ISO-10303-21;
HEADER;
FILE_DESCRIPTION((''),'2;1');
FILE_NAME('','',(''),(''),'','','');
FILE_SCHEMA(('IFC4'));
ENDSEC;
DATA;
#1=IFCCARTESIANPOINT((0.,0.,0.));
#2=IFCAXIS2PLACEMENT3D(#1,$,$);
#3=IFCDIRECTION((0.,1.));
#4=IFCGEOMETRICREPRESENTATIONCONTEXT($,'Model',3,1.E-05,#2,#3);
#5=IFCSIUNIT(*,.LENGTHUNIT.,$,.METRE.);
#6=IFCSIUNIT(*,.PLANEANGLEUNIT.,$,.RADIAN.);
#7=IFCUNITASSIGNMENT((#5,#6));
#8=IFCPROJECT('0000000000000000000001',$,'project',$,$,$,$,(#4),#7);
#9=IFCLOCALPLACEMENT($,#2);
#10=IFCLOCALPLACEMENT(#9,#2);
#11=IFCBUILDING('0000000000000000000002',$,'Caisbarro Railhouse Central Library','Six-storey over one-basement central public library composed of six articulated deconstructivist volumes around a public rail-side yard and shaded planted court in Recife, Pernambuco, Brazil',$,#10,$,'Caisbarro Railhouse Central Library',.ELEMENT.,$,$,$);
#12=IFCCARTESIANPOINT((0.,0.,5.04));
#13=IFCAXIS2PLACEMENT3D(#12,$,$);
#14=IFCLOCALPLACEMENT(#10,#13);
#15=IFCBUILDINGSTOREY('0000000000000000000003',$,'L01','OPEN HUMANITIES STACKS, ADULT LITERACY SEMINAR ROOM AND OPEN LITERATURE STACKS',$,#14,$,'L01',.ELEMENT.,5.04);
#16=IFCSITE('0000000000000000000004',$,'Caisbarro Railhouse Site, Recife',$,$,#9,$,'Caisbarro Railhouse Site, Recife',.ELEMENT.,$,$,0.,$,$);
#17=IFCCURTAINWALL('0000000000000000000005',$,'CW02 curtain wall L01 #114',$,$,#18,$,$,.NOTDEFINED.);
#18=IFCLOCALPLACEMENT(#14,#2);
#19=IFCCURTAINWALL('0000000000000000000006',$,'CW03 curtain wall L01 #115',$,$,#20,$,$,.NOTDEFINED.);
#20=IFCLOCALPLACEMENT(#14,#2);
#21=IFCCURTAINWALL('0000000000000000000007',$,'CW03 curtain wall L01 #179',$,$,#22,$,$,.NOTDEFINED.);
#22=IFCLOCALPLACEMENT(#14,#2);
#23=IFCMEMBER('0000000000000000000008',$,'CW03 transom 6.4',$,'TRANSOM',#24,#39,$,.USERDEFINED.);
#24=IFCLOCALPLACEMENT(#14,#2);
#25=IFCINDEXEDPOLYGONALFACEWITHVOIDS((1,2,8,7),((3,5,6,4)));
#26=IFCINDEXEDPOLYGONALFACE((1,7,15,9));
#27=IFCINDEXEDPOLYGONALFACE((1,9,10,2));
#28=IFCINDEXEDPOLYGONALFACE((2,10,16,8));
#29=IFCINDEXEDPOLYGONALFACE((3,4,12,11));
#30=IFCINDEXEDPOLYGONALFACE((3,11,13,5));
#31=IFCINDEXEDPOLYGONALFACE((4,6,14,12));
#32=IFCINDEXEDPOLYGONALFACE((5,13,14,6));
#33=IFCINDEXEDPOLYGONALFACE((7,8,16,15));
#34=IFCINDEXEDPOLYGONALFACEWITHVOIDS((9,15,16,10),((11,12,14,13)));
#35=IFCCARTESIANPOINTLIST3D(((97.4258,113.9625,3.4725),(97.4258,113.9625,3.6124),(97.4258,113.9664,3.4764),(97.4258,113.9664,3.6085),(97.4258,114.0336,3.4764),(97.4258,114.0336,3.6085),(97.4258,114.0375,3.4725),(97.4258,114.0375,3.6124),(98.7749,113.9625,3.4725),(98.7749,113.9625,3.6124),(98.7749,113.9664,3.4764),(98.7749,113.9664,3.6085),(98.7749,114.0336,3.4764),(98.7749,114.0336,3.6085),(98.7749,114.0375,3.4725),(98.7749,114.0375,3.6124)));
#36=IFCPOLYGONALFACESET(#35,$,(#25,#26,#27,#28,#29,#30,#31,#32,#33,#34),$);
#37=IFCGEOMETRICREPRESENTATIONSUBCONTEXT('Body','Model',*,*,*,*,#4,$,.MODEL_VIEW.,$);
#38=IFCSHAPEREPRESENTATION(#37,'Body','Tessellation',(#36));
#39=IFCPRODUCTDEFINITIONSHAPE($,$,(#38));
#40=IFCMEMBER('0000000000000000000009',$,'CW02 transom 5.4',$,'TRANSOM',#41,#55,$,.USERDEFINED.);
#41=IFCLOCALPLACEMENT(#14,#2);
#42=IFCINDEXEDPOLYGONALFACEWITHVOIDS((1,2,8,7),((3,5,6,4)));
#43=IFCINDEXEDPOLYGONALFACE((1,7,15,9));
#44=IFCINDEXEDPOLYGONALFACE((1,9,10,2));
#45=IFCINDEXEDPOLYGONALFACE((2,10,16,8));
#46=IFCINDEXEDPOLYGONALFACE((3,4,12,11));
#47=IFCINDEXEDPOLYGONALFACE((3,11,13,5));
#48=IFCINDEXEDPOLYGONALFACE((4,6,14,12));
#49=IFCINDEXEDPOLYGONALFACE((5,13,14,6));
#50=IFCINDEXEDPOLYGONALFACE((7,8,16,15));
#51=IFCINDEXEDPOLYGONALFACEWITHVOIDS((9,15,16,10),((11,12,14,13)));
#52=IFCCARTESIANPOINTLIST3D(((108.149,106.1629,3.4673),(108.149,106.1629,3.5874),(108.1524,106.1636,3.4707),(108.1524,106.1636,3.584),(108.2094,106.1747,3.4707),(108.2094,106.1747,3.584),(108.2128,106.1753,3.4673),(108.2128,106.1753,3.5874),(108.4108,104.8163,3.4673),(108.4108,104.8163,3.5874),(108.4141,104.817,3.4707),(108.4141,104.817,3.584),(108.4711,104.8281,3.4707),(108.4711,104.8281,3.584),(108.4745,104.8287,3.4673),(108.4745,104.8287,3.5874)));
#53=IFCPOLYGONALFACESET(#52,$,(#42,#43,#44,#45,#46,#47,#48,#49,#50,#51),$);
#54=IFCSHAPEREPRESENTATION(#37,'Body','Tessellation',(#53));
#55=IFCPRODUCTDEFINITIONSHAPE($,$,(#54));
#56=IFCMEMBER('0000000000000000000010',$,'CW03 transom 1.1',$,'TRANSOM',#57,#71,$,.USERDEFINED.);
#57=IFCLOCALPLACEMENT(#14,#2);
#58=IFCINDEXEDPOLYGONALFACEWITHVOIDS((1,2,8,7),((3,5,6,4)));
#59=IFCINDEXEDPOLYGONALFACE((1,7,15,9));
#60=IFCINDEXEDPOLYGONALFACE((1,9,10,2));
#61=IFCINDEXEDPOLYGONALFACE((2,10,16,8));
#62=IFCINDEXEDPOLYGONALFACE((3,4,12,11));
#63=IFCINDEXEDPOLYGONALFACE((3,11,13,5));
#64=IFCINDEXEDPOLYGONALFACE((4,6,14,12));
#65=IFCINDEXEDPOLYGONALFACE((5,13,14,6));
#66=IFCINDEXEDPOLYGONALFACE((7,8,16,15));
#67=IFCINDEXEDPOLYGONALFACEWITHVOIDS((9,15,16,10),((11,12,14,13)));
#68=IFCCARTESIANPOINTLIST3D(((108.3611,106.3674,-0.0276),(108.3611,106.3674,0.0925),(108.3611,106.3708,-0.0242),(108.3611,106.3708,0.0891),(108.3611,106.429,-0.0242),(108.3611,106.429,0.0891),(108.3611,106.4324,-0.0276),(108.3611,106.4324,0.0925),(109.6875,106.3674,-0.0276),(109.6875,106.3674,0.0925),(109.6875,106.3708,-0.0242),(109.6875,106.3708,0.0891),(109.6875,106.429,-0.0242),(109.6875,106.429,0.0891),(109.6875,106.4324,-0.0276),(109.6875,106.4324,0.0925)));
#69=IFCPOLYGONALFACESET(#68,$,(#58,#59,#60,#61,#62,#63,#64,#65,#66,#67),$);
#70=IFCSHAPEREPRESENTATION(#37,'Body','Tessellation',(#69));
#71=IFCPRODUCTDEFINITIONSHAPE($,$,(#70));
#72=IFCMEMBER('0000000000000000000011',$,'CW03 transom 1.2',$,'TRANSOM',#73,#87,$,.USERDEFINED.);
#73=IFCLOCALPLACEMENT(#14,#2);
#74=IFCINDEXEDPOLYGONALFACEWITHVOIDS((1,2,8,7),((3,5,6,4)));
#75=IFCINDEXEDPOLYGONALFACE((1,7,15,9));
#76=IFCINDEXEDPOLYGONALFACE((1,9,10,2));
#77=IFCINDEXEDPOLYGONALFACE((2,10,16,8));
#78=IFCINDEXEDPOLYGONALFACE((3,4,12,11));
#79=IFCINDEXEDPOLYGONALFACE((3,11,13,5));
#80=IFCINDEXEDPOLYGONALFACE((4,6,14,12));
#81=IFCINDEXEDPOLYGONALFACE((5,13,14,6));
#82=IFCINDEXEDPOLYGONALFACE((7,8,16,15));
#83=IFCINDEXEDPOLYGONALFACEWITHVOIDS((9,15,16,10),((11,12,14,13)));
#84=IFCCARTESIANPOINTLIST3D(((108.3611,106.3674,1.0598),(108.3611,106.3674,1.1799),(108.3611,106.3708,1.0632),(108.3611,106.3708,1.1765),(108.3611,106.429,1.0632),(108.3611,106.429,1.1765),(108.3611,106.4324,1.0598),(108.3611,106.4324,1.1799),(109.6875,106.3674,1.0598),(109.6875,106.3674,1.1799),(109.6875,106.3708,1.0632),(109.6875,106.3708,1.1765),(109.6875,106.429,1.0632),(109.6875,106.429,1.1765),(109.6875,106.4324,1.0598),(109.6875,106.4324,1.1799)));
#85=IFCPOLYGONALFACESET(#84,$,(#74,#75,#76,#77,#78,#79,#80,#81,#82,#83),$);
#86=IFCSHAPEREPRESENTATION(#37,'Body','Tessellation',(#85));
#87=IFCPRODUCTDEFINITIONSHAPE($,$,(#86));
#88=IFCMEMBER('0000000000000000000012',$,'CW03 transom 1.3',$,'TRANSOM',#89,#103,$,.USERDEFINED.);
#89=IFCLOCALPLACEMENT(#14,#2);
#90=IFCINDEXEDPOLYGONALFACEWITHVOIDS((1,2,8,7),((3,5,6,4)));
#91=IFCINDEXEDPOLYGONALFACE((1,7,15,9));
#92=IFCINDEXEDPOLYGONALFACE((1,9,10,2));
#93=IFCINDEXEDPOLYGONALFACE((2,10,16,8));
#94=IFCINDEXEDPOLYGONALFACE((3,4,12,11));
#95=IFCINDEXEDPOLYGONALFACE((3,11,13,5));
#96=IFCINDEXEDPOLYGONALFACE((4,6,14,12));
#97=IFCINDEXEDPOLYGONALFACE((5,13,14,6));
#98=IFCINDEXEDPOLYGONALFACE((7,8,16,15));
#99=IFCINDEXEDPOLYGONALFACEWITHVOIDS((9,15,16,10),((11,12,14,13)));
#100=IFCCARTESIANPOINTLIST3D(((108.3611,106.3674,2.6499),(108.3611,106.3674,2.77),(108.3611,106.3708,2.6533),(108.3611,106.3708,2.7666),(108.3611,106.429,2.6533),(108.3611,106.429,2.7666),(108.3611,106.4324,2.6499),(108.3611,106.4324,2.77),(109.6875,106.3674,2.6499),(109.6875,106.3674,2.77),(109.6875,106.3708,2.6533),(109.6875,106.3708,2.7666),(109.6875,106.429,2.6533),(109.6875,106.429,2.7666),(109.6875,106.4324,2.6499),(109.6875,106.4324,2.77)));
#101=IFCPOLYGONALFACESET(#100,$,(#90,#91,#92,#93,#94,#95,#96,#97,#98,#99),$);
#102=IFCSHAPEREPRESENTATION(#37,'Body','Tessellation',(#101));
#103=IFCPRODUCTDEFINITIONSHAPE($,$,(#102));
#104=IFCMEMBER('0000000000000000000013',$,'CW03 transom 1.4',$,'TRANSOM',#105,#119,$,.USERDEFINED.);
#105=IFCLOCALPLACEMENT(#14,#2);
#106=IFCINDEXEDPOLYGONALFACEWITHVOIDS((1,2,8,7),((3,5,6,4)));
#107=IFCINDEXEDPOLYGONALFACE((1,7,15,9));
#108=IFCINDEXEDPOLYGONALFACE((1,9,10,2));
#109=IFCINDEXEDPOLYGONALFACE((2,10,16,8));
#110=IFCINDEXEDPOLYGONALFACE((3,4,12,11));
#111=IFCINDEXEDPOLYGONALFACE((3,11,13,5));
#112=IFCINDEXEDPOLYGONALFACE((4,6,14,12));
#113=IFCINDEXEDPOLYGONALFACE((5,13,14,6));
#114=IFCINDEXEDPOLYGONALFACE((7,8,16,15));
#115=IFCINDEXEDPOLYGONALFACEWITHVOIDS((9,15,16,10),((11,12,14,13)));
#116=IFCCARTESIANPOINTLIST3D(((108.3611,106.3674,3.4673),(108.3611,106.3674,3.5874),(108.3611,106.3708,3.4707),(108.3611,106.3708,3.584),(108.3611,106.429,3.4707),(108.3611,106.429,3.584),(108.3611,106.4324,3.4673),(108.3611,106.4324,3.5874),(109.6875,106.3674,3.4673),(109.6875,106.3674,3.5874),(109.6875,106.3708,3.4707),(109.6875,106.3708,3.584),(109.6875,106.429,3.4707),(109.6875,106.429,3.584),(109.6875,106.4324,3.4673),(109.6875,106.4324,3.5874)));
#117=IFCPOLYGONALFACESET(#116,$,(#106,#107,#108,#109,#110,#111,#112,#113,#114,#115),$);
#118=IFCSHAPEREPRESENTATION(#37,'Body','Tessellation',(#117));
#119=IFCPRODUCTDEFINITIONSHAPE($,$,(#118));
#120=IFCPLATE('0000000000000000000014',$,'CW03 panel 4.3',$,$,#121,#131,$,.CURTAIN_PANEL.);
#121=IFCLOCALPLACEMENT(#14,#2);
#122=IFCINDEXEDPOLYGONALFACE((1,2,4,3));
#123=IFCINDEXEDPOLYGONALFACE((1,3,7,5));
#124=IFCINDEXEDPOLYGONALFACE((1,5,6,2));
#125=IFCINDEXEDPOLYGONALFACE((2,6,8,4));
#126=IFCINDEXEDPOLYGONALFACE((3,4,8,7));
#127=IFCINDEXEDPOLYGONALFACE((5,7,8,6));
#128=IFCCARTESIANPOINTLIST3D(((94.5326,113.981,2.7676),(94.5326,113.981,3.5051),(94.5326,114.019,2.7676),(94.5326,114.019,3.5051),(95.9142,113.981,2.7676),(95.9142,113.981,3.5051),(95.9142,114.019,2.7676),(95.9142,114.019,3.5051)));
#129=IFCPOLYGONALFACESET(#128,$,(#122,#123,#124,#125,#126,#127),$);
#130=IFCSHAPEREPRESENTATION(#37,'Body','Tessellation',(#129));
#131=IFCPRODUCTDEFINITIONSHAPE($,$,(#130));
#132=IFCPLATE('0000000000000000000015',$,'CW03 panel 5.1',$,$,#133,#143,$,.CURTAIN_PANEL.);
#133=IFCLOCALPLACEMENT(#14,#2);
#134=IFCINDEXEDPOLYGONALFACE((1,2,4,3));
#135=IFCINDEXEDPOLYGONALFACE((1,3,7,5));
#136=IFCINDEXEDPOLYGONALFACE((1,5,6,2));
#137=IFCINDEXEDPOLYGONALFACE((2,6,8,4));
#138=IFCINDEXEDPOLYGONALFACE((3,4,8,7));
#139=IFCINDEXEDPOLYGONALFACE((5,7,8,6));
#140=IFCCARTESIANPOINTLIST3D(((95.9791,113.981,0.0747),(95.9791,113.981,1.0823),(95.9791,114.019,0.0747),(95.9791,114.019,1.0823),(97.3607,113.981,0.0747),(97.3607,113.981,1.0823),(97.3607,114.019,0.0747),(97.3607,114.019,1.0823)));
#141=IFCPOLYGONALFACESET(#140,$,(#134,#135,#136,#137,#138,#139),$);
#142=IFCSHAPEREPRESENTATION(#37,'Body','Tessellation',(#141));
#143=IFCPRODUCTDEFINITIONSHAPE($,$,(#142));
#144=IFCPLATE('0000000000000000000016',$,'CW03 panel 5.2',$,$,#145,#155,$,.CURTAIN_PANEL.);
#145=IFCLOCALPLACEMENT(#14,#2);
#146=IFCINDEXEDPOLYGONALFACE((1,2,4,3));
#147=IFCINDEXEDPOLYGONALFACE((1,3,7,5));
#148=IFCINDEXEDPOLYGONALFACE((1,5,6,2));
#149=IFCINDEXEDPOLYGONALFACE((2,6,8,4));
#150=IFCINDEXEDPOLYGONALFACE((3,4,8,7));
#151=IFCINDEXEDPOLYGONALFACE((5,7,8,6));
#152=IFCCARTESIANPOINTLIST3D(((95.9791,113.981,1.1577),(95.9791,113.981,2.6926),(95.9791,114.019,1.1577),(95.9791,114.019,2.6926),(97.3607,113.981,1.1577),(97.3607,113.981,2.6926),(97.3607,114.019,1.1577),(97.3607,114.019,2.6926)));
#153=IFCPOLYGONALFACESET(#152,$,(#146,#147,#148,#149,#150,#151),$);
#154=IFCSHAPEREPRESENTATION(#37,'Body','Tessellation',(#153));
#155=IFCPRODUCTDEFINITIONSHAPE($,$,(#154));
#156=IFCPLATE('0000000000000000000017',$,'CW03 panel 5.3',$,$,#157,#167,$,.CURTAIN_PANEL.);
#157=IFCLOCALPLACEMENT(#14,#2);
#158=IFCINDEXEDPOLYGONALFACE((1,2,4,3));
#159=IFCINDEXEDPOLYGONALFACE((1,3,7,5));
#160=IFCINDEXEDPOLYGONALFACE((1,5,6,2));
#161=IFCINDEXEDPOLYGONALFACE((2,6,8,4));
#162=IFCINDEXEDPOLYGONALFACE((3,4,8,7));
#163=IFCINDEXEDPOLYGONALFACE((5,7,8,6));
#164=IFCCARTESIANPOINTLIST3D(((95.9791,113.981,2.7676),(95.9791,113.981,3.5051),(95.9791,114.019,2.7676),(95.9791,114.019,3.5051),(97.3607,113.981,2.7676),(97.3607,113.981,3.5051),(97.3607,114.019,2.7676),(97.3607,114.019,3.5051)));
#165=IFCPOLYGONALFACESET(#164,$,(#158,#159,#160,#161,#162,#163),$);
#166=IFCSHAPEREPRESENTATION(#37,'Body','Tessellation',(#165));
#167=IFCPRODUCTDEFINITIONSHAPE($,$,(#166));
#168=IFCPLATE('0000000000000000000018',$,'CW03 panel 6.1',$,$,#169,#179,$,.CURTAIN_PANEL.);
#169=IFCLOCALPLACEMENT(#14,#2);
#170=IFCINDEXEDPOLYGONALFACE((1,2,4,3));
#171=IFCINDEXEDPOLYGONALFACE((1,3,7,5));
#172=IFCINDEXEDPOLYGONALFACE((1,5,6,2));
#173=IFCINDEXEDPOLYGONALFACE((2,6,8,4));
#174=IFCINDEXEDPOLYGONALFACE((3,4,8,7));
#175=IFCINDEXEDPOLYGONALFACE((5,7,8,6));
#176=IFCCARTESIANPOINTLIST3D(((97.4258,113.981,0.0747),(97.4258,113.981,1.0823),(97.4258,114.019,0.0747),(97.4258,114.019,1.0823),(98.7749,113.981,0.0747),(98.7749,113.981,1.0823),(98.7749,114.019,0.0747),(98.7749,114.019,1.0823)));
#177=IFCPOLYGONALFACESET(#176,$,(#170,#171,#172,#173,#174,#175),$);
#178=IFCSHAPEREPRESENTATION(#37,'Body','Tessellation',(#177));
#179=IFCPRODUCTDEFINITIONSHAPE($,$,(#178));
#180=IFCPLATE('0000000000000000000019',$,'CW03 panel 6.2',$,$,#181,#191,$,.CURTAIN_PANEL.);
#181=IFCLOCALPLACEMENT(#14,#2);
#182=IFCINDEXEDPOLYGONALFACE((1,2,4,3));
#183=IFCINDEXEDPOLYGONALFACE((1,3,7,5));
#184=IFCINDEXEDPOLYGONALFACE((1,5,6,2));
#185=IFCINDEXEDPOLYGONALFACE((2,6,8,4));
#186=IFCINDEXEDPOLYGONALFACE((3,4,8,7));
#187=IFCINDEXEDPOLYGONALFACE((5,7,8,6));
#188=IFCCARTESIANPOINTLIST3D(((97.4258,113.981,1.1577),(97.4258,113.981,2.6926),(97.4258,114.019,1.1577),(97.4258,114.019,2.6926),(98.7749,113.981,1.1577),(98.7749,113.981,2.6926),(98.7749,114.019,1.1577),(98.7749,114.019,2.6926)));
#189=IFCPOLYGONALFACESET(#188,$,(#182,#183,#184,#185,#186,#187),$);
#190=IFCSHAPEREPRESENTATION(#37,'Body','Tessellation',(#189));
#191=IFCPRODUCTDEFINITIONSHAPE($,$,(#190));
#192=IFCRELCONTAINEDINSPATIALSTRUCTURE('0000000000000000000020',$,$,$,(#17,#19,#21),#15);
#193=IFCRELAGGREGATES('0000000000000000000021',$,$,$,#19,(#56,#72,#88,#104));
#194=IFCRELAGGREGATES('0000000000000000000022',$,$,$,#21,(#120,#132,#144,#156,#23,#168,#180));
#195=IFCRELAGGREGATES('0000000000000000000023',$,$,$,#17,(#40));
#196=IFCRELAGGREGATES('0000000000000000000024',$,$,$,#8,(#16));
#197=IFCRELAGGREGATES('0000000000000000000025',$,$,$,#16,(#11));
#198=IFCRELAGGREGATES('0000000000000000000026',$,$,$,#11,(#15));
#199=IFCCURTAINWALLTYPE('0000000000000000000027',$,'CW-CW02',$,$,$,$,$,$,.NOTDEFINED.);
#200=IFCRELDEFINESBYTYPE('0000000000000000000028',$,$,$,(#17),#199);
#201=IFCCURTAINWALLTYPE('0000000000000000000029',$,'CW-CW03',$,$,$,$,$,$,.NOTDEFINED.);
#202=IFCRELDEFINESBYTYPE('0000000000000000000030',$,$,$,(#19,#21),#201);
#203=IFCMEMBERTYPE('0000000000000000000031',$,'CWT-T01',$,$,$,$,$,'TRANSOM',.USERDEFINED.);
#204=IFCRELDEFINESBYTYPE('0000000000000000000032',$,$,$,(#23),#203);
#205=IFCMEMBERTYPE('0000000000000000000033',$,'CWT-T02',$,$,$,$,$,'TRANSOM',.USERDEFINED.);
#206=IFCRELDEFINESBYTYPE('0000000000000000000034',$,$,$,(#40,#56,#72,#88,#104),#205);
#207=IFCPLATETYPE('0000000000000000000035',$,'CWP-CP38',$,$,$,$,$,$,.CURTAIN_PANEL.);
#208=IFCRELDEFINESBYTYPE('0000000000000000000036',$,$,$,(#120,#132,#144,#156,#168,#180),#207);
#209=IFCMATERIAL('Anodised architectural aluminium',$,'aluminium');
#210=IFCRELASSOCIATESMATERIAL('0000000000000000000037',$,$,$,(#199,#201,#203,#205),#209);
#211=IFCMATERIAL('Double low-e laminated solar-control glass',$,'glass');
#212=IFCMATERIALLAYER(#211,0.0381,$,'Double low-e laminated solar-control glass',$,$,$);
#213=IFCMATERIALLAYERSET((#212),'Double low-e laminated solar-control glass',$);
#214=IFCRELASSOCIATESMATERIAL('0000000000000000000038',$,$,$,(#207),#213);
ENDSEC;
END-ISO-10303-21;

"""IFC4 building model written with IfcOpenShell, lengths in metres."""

from ifc_helpers import new_model, si_unit, direction, frame, origin, origin_2d, place, context, subcontext, project, spatial, rectangle, hollow_rectangle, extrude, material, layer, layer_set, material_profile, profile_set, type_object, element, aggregate, save


model = new_model("IFC4")

# Units and contexts
model_context = context("Model", 3, precision=1e-05, world=origin(), true_north=direction((0.0, 1.0)))
body_context = subcontext(model_context, "Body", "Model", "MODEL_VIEW")
ifc_project = project(units=[si_unit("LENGTHUNIT", "METRE"), si_unit("PLANEANGLEUNIT", "RADIAN")], contexts=[model_context])

# Site, building, storey
site_placement = place(None, origin())
site = spatial("IfcSite", under=ifc_project, at=site_placement, Name="Caisbarro Railhouse Site, Recife", LongName="Caisbarro Railhouse Site, Recife", CompositionType="ELEMENT", RefElevation=0.0)
building_placement = place(site_placement, origin())
building = spatial("IfcBuilding", under=site, at=building_placement, Name="Caisbarro Railhouse Central Library", Description="Six-storey over one-basement central public library composed of six articulated deconstructivist volumes around a public rail-side yard and shaded planted court in Recife, Pernambuco, Brazil", LongName="Caisbarro Railhouse Central Library", CompositionType="ELEMENT")
storey_placement = place(building_placement, frame((0.0, 0.0, 5.04)))
storey = spatial("IfcBuildingStorey", under=building, at=storey_placement, Name="L01", Description="OPEN HUMANITIES STACKS, ADULT LITERACY SEMINAR ROOM AND OPEN LITERATURE STACKS", LongName="L01", CompositionType="ELEMENT", Elevation=5.04)

# Curtain walls
ifc_material_1 = material(Name="Anodised architectural aluminium", Category="aluminium")
curtain_wall_type_1 = type_object("IfcCurtainWallType", Name="CW-CW02", PredefinedType="NOTDEFINED", material=ifc_material_1)
curtain_wall_1_placement = place(storey_placement, origin())
curtain_wall_1 = element("IfcCurtainWall", 1, at=curtain_wall_1_placement, inside=storey, type_object=curtain_wall_type_1, Name="CW02 curtain wall L01 #114", PredefinedType="NOTDEFINED")
curtain_wall_type_2 = type_object("IfcCurtainWallType", Name="CW-CW03", PredefinedType="NOTDEFINED", material=ifc_material_1)
curtain_wall_2_placement = place(storey_placement, origin())
curtain_wall_2 = element("IfcCurtainWall", 2, at=curtain_wall_2_placement, inside=storey, type_object=curtain_wall_type_2, Name="CW03 curtain wall L01 #115", PredefinedType="NOTDEFINED")

# Curtain wall, member
curtain_wall_3_placement = place(storey_placement, origin())
curtain_wall_3 = element("IfcCurtainWall", 3, at=curtain_wall_3_placement, inside=storey, type_object=curtain_wall_type_2, Name="CW03 curtain wall L01 #179", PredefinedType="NOTDEFINED")
ifc_material_profile_1 = material_profile(ifc_material_1, hollow_rectangle(XDim=0.075, YDim=0.1399, WallThickness=0.0039, at=origin_2d()), Name="ALU-TRN-75X140")
ifc_profile_set_1 = profile_set([ifc_material_profile_1], Name="Anodised architectural aluminium")
member_type_1 = type_object("IfcMemberType", Name="CWT-T01", ElementType="TRANSOM", PredefinedType="USERDEFINED", material=ifc_profile_set_1)
member_1_placement = place(storey_placement, frame((97.4258, 114.0, 3.5425), z_axis=(1.0, 0.0, 0.0), x_axis=(0.0, 1.0, 0.0)))
member_1 = element("IfcMember", 4, at=member_1_placement, type_object=member_type_1, Name="CW03 transom 6.4", ObjectType="TRANSOM", PredefinedType="USERDEFINED", context=body_context, shape_type="SweptSolid", body=[
    extrude(hollow_rectangle(XDim=0.075, YDim=0.1399, WallThickness=0.0039, at=origin_2d()), origin(), (0.0, 0.0, 1.0), 1.3491),
])

# Members
ifc_material_profile_2 = material_profile(ifc_material_1, hollow_rectangle(XDim=0.0649, YDim=0.1201, WallThickness=0.0034, at=origin_2d()), Name="ALU-TRN-65X120")
ifc_profile_set_2 = profile_set([ifc_material_profile_2], Name="Anodised architectural aluminium")
member_type_2 = type_object("IfcMemberType", Name="CWT-T02", ElementType="TRANSOM", PredefinedType="USERDEFINED", material=ifc_profile_set_2)
member_2_placement = place(storey_placement, frame((108.4426, 104.8225, 3.5273), z_axis=(-0.190774, 0.981634, 0.0), x_axis=(-0.981634, -0.190774, 0.0)))
member_2 = element("IfcMember", 5, at=member_2_placement, type_object=member_type_2, Name="CW02 transom 5.4", ObjectType="TRANSOM", PredefinedType="USERDEFINED", context=body_context, shape_type="SweptSolid", body=[
    extrude(hollow_rectangle(XDim=0.0649, YDim=0.1201, WallThickness=0.0034, at=origin_2d()), origin(), (0.0, 0.0, 1.0), 1.3718),
])
member_3_placement = place(storey_placement, frame((108.3611, 106.3999, 0.0325), z_axis=(1.0, 0.0, 0.0), x_axis=(0.0, 1.0, 0.0)))
member_3 = element("IfcMember", 6, at=member_3_placement, type_object=member_type_2, Name="CW03 transom 1.1", ObjectType="TRANSOM", PredefinedType="USERDEFINED", context=body_context, shape_type="SweptSolid", body=[
    extrude(hollow_rectangle(XDim=0.0649, YDim=0.1201, WallThickness=0.0034, at=origin_2d()), origin(), (0.0, 0.0, 1.0), 1.3264),
])
member_4_placement = place(storey_placement, frame((108.3611, 106.3999, 1.1199), z_axis=(1.0, 0.0, 0.0), x_axis=(0.0, 1.0, 0.0)))
member_4 = element("IfcMember", 7, at=member_4_placement, type_object=member_type_2, Name="CW03 transom 1.2", ObjectType="TRANSOM", PredefinedType="USERDEFINED", context=body_context, shape_type="SweptSolid", body=[
    extrude(hollow_rectangle(XDim=0.0649, YDim=0.1201, WallThickness=0.0034, at=origin_2d()), origin(), (0.0, 0.0, 1.0), 1.3264),
])
member_5_placement = place(storey_placement, frame((108.3611, 106.3999, 2.71), z_axis=(1.0, 0.0, 0.0), x_axis=(0.0, 1.0, 0.0)))
member_5 = element("IfcMember", 8, at=member_5_placement, type_object=member_type_2, Name="CW03 transom 1.3", ObjectType="TRANSOM", PredefinedType="USERDEFINED", context=body_context, shape_type="SweptSolid", body=[
    extrude(hollow_rectangle(XDim=0.0649, YDim=0.1201, WallThickness=0.0034, at=origin_2d()), origin(), (0.0, 0.0, 1.0), 1.3264),
])
member_6_placement = place(storey_placement, frame((108.3611, 106.3999, 3.5273), z_axis=(1.0, 0.0, 0.0), x_axis=(0.0, 1.0, 0.0)))
member_6 = element("IfcMember", 9, at=member_6_placement, type_object=member_type_2, Name="CW03 transom 1.4", ObjectType="TRANSOM", PredefinedType="USERDEFINED", context=body_context, shape_type="SweptSolid", body=[
    extrude(hollow_rectangle(XDim=0.0649, YDim=0.1201, WallThickness=0.0034, at=origin_2d()), origin(), (0.0, 0.0, 1.0), 1.3264),
])
aggregate(curtain_wall_2, [member_3, member_4, member_5, member_6])

# Plates
ifc_material_2 = material(Name="Double low-e laminated solar-control glass", Category="glass")
ifc_layer_1 = layer(ifc_material_2, 0.0381, Name="Double low-e laminated solar-control glass")
ifc_layer_set_1 = layer_set([ifc_layer_1], Name="Double low-e laminated solar-control glass")
plate_type_1 = type_object("IfcPlateType", Name="CWP-CP38", PredefinedType="CURTAIN_PANEL", material=ifc_layer_set_1)
plate_1_placement = place(storey_placement, frame((95.2234, 114.0, 2.7676), z_axis=(0.0, 0.0, 1.0), x_axis=(1.0, 0.0, 0.0)))
plate_1 = element("IfcPlate", 10, at=plate_1_placement, type_object=plate_type_1, Name="CW03 panel 4.3", PredefinedType="CURTAIN_PANEL", context=body_context, shape_type="SweptSolid", body=[
    extrude(rectangle(XDim=1.3816, YDim=0.0381, at=origin_2d()), origin(), (0.0, 0.0, 1.0), 0.7375),
])
plate_2_placement = place(storey_placement, frame((96.6699, 114.0, 0.0747), z_axis=(0.0, 0.0, 1.0), x_axis=(1.0, 0.0, 0.0)))
plate_2 = element("IfcPlate", 11, at=plate_2_placement, type_object=plate_type_1, Name="CW03 panel 5.1", PredefinedType="CURTAIN_PANEL", context=body_context, shape_type="SweptSolid", body=[
    extrude(rectangle(XDim=1.3816, YDim=0.0381, at=origin_2d()), origin(), (0.0, 0.0, 1.0), 1.0076),
])
plate_3_placement = place(storey_placement, frame((96.6699, 114.0, 1.1577), z_axis=(0.0, 0.0, 1.0), x_axis=(1.0, 0.0, 0.0)))
plate_3 = element("IfcPlate", 12, at=plate_3_placement, type_object=plate_type_1, Name="CW03 panel 5.2", PredefinedType="CURTAIN_PANEL", context=body_context, shape_type="SweptSolid", body=[
    extrude(rectangle(XDim=1.3816, YDim=0.0381, at=origin_2d()), origin(), (0.0, 0.0, 1.0), 1.5349),
])
plate_4_placement = place(storey_placement, frame((96.6699, 114.0, 2.7676), z_axis=(0.0, 0.0, 1.0), x_axis=(1.0, 0.0, 0.0)))
plate_4 = element("IfcPlate", 13, at=plate_4_placement, type_object=plate_type_1, Name="CW03 panel 5.3", PredefinedType="CURTAIN_PANEL", context=body_context, shape_type="SweptSolid", body=[
    extrude(rectangle(XDim=1.3816, YDim=0.0381, at=origin_2d()), origin(), (0.0, 0.0, 1.0), 0.7375),
])
plate_5_placement = place(storey_placement, frame((98.1003, 114.0, 0.0747), z_axis=(0.0, 0.0, 1.0), x_axis=(1.0, 0.0, 0.0)))
plate_5 = element("IfcPlate", 14, at=plate_5_placement, type_object=plate_type_1, Name="CW03 panel 6.1", PredefinedType="CURTAIN_PANEL", context=body_context, shape_type="SweptSolid", body=[
    extrude(rectangle(XDim=1.3491, YDim=0.0381, at=origin_2d()), origin(), (0.0, 0.0, 1.0), 1.0076),
])
plate_6_placement = place(storey_placement, frame((98.1003, 114.0, 1.1577), z_axis=(0.0, 0.0, 1.0), x_axis=(1.0, 0.0, 0.0)))
plate_6 = element("IfcPlate", 15, at=plate_6_placement, type_object=plate_type_1, Name="CW03 panel 6.2", PredefinedType="CURTAIN_PANEL", context=body_context, shape_type="SweptSolid", body=[
    extrude(rectangle(XDim=1.3491, YDim=0.0381, at=origin_2d()), origin(), (0.0, 0.0, 1.0), 1.5349),
])
aggregate(curtain_wall_3, [plate_1, plate_2, plate_3, plate_4, member_1, plate_5, plate_6])
aggregate(curtain_wall_1, [member_2])

save(model, "model.ifc")
